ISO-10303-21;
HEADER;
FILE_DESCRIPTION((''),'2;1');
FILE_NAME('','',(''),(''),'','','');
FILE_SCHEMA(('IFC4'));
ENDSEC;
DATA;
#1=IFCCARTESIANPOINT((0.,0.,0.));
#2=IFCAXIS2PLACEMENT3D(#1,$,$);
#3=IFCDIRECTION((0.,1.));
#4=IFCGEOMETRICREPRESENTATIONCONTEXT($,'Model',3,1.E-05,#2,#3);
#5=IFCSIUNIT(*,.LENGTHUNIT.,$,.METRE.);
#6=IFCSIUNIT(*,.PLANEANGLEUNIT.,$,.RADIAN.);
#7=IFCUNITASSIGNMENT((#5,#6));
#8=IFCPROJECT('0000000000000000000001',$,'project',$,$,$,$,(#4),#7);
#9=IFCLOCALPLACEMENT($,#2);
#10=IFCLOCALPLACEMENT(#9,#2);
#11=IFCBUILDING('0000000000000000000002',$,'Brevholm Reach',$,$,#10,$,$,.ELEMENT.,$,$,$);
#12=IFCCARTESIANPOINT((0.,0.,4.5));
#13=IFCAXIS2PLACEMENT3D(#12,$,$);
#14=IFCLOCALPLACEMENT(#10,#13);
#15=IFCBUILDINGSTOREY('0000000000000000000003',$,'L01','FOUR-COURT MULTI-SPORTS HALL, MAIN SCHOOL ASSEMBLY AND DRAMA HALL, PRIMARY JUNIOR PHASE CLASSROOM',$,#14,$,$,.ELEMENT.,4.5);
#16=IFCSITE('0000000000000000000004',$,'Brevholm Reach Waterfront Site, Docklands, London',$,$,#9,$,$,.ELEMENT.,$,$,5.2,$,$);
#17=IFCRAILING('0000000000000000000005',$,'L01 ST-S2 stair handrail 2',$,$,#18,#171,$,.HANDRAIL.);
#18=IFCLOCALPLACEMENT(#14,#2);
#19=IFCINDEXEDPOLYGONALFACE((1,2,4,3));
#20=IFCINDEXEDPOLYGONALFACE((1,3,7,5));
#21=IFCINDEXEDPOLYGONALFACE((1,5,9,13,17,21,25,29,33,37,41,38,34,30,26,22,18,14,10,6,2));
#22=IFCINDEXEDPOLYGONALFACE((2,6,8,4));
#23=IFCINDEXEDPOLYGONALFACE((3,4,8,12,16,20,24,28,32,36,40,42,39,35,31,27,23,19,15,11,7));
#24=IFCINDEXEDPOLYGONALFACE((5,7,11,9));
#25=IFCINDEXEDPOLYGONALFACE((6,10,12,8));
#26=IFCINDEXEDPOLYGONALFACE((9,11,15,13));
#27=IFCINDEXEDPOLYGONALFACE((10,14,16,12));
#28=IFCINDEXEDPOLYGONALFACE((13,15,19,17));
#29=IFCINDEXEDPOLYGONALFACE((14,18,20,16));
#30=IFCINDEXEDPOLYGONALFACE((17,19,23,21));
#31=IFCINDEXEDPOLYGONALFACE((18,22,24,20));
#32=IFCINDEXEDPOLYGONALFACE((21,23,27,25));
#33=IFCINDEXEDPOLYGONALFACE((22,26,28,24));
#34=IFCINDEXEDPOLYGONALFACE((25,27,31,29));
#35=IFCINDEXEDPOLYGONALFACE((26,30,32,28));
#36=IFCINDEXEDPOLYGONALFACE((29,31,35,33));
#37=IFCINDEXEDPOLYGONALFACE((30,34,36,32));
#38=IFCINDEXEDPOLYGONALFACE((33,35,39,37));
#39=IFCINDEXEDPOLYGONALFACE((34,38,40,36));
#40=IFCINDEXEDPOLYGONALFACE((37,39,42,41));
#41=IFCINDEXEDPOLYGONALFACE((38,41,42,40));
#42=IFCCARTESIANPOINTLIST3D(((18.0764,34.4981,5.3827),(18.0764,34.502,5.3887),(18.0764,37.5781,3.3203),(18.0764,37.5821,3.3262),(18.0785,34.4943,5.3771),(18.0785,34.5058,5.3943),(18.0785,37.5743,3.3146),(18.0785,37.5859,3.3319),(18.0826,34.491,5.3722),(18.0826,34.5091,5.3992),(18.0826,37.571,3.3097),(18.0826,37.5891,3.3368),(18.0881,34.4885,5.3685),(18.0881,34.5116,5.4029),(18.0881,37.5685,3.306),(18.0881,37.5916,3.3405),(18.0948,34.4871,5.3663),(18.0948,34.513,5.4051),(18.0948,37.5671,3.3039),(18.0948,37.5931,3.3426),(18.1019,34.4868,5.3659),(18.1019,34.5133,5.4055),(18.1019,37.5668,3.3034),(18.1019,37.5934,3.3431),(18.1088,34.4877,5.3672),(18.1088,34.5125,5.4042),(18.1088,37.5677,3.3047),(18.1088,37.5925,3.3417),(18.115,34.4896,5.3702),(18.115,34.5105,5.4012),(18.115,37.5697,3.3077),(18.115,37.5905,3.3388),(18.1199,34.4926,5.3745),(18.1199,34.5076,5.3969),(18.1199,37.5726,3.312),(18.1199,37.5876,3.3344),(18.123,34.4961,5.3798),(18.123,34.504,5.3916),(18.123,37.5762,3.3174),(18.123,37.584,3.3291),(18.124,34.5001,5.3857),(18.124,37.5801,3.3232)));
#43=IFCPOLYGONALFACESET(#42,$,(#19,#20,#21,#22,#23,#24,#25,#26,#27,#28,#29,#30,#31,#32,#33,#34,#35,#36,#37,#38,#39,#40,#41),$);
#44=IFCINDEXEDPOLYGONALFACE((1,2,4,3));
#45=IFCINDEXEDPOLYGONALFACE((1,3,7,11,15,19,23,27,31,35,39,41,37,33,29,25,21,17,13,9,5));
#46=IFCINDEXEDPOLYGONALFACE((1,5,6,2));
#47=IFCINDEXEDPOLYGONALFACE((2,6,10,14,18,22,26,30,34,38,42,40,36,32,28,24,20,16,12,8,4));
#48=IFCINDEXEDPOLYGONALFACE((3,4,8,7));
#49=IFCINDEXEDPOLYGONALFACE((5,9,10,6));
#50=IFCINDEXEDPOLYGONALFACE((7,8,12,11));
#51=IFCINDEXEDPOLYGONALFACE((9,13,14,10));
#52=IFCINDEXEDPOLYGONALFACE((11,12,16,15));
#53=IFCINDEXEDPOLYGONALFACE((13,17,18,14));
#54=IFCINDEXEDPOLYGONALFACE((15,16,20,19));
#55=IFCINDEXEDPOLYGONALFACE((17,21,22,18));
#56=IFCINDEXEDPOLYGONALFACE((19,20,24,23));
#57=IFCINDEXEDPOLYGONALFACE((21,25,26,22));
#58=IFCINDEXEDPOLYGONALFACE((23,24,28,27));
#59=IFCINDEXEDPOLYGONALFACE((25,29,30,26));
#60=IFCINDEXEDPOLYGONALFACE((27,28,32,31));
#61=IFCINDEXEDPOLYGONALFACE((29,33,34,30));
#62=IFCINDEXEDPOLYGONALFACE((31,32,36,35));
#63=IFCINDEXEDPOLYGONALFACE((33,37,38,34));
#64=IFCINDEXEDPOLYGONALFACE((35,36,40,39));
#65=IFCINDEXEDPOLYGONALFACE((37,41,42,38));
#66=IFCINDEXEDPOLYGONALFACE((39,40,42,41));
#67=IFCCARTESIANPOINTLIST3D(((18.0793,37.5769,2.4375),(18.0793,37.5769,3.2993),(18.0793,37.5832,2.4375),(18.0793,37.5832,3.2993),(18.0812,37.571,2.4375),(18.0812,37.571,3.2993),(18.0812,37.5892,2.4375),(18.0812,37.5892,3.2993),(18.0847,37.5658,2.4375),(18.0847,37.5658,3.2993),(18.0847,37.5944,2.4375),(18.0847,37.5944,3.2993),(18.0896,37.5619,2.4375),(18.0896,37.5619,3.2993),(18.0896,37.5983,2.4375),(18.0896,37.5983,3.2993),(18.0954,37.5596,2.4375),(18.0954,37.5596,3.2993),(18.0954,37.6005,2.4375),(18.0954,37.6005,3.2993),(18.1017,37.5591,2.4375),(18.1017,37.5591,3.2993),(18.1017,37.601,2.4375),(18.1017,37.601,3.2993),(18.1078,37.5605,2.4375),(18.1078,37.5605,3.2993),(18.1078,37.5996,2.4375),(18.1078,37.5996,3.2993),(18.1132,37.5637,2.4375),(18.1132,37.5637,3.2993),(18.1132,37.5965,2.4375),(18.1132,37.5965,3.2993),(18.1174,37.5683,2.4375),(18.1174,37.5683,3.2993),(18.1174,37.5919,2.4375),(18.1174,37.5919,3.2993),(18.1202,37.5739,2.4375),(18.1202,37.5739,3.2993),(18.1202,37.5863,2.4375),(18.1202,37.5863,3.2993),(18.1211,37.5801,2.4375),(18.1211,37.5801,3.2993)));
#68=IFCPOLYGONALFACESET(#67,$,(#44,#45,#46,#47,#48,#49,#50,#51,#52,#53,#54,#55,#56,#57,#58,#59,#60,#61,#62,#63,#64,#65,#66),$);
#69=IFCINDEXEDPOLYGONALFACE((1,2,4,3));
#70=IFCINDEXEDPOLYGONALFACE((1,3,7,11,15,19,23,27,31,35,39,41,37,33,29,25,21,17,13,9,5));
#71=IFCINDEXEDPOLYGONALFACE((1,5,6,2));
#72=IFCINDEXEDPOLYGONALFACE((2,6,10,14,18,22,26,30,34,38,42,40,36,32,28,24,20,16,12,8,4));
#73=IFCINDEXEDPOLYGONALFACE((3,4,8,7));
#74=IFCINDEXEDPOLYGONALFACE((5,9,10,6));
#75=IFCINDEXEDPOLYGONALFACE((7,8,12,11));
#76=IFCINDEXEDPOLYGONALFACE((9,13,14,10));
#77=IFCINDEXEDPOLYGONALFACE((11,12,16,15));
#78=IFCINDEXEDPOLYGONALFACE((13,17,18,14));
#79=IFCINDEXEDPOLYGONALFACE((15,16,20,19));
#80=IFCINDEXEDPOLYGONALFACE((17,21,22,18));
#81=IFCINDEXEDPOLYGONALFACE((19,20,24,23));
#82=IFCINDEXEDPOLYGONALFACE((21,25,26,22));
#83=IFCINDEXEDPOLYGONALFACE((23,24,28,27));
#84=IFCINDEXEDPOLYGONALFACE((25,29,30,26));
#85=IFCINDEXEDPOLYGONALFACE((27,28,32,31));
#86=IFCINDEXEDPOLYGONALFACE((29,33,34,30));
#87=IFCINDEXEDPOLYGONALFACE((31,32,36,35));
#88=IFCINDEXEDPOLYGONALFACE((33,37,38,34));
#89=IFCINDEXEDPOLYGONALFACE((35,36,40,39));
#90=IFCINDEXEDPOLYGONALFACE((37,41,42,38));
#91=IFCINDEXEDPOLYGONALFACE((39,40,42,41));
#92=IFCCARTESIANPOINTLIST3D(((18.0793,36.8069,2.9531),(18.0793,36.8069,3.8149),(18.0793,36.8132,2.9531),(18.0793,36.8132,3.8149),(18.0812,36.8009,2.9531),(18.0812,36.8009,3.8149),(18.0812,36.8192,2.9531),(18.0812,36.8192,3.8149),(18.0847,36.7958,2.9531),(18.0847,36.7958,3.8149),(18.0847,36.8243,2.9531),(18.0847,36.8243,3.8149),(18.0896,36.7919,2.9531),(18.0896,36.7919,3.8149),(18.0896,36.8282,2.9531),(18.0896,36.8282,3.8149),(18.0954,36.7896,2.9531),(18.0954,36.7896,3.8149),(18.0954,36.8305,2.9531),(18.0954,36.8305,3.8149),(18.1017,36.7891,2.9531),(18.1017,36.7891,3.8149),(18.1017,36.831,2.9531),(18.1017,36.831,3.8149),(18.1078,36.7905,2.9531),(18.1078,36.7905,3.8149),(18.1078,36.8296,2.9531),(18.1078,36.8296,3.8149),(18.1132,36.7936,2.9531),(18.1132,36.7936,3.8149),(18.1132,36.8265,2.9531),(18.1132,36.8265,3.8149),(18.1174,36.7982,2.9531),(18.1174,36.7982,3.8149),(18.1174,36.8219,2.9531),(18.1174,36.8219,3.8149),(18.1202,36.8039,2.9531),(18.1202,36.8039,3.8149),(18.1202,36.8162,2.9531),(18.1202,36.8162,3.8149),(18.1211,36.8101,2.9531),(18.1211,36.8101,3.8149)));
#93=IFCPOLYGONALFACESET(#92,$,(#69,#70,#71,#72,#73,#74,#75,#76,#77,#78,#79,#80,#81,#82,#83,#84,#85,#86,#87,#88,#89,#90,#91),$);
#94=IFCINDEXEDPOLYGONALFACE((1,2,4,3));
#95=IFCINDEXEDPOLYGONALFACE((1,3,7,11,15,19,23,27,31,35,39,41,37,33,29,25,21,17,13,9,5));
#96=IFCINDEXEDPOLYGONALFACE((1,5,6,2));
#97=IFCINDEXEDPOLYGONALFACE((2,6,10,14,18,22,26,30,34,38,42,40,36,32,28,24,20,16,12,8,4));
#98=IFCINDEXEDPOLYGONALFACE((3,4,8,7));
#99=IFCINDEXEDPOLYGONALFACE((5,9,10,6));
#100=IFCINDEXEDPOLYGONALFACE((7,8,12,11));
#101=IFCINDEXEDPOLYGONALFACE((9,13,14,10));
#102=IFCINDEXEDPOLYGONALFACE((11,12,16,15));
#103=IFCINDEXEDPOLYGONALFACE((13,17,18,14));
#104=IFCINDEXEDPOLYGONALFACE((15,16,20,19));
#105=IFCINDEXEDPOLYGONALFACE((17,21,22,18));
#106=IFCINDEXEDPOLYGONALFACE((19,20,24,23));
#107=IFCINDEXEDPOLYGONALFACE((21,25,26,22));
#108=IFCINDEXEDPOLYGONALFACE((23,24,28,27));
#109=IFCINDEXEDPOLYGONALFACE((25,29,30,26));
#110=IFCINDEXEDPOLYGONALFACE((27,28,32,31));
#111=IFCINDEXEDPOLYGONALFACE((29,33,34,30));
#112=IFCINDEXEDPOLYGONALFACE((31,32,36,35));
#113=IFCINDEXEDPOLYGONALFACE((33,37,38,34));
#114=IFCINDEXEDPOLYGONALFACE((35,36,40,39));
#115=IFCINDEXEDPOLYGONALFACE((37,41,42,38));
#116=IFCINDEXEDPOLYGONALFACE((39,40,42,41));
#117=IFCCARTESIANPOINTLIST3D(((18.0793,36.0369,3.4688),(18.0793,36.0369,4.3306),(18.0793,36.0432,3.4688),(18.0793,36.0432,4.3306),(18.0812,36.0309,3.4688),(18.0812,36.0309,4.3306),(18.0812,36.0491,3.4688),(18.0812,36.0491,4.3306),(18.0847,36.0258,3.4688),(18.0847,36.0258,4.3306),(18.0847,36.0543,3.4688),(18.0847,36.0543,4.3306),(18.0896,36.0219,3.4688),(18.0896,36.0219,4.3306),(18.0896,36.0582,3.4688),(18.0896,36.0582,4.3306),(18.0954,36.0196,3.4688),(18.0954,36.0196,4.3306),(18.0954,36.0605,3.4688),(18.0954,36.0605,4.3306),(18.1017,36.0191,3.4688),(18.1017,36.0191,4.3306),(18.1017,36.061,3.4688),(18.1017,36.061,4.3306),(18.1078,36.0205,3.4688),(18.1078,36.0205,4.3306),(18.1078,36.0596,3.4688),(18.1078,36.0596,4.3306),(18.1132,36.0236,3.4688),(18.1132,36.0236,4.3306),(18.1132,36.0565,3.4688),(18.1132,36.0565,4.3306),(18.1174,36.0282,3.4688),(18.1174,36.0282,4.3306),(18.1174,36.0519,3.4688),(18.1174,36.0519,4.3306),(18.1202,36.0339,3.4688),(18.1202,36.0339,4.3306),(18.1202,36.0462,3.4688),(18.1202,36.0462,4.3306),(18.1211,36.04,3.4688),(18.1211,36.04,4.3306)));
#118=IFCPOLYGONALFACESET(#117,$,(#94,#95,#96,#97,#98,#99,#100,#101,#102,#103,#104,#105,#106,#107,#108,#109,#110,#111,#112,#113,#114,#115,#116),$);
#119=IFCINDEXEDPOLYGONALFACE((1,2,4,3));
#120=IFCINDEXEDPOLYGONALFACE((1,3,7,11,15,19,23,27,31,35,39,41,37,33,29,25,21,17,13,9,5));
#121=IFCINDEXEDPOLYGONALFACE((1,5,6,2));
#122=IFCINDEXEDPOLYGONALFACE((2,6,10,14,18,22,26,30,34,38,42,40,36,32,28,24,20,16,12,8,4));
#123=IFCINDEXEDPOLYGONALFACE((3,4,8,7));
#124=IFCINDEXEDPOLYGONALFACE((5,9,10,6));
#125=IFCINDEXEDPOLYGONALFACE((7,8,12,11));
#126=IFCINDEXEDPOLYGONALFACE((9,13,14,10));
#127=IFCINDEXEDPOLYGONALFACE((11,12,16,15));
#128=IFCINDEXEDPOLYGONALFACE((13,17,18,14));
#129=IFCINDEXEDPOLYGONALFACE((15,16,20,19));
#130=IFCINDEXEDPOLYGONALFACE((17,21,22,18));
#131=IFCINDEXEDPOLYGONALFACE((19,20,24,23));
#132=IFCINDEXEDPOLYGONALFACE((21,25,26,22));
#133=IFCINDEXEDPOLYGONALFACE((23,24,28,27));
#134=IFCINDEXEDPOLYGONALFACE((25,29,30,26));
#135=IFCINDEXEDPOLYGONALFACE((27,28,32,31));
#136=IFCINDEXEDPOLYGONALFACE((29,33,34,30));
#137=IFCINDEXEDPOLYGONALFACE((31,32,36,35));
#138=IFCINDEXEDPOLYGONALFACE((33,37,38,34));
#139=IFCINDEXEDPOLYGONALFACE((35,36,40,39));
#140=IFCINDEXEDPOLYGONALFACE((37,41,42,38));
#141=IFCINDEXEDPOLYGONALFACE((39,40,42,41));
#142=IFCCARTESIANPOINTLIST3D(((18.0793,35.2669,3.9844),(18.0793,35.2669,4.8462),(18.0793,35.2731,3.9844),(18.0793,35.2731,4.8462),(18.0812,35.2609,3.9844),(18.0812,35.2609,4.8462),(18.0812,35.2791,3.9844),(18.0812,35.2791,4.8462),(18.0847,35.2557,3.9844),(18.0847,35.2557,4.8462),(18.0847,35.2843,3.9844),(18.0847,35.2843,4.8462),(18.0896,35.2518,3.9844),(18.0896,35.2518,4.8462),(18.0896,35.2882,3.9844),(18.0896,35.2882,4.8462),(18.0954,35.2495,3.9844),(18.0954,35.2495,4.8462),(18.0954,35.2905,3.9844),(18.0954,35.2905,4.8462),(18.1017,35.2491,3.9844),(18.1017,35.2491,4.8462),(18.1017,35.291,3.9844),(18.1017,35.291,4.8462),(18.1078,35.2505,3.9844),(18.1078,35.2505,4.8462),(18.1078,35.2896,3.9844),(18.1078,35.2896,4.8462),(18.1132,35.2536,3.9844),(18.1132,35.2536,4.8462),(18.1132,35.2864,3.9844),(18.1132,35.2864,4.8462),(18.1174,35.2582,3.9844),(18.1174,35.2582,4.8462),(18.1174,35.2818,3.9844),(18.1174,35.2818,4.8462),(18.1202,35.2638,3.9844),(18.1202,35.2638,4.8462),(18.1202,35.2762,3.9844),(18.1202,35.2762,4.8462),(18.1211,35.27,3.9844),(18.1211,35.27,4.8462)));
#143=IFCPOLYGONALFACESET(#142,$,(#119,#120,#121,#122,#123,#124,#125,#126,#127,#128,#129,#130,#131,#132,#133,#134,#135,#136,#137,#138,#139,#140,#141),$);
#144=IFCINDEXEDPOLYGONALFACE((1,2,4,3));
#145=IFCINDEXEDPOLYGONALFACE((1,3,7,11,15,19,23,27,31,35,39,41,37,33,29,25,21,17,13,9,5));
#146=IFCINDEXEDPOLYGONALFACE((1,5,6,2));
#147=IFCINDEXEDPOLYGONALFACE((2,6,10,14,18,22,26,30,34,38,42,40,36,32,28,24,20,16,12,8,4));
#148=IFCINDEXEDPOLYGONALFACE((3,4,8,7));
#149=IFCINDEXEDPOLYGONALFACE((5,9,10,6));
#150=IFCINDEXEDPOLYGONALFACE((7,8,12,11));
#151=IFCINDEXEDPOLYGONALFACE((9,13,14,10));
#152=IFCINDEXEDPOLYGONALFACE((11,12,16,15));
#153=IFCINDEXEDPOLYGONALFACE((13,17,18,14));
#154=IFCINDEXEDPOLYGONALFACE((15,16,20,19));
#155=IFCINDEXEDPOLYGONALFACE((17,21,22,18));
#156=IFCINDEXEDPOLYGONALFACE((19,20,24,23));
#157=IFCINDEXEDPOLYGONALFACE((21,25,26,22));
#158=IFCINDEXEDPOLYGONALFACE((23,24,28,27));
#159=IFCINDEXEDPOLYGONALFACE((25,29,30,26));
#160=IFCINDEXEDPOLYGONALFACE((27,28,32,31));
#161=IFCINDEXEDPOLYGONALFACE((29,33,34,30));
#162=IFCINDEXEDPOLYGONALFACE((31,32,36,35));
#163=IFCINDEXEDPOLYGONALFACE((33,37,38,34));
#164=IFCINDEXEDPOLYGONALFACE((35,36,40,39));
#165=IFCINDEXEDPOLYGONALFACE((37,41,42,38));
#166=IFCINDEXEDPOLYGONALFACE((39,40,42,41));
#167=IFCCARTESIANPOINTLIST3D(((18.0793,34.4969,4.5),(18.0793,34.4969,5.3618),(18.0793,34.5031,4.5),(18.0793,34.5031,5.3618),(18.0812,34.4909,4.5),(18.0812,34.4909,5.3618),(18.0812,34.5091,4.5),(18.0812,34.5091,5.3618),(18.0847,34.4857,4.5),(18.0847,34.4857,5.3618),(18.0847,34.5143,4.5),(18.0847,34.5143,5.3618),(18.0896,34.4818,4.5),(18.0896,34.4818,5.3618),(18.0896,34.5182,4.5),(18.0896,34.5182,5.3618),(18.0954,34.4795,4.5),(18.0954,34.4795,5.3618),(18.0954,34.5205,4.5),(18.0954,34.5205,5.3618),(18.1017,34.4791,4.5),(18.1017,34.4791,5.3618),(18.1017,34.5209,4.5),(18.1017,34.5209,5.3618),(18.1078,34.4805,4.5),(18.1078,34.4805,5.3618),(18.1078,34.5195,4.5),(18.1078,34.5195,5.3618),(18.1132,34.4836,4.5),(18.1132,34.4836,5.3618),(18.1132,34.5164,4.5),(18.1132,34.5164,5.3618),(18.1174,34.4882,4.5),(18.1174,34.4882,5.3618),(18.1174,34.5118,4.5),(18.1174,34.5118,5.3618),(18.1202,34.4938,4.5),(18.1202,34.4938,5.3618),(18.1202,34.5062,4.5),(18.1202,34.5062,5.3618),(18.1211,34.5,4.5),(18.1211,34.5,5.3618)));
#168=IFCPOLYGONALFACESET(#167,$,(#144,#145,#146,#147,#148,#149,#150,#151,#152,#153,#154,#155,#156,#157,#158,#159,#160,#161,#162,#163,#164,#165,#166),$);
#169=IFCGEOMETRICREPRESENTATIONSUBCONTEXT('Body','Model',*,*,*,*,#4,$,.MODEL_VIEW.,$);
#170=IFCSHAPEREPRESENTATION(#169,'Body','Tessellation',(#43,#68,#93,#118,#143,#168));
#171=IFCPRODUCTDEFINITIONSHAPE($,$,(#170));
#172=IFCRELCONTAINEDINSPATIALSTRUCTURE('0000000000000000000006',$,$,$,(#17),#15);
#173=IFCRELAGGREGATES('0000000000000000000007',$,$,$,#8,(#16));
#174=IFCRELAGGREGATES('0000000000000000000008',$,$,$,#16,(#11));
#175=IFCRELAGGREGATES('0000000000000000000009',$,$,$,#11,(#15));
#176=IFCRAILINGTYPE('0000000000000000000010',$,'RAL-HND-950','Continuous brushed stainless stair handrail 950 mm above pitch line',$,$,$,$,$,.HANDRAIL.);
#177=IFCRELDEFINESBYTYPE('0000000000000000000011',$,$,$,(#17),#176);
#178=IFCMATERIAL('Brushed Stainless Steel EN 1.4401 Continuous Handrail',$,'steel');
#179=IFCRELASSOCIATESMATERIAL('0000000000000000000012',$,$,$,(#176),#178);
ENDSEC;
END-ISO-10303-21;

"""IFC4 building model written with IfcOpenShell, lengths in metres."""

from ifc_helpers import new_model, si_unit, direction, frame, origin, origin_2d, place, context, subcontext, project, spatial, circle, extrude, material, type_object, element, save


model = new_model("IFC4")

# Units and contexts
model_context = context("Model", 3, precision=1e-05, world=origin(), true_north=direction((0.0, 1.0)))
body_context = subcontext(model_context, "Body", "Model", "MODEL_VIEW")
ifc_project = project(units=[si_unit("LENGTHUNIT", "METRE"), si_unit("PLANEANGLEUNIT", "RADIAN")], contexts=[model_context])

# Site, building, storey
site_placement = place(None, origin())
site = spatial("IfcSite", under=ifc_project, at=site_placement, Name="Brevholm Reach Waterfront Site, Docklands, London", CompositionType="ELEMENT", RefElevation=5.2)
building_placement = place(site_placement, origin())
building = spatial("IfcBuilding", under=site, at=building_placement, Name="Brevholm Reach", CompositionType="ELEMENT")
storey_placement = place(building_placement, frame((0.0, 0.0, 4.5)))
storey = spatial("IfcBuildingStorey", under=building, at=storey_placement, Name="L01", Description="FOUR-COURT MULTI-SPORTS HALL, MAIN SCHOOL ASSEMBLY AND DRAMA HALL, PRIMARY JUNIOR PHASE CLASSROOM", CompositionType="ELEMENT", Elevation=4.5)

# Railing
ifc_material_1 = material(Name="Brushed Stainless Steel EN 1.4401 Continuous Handrail", Category="steel")
railing_type_1 = type_object("IfcRailingType", Name="RAL-HND-950", Description="Continuous brushed stainless stair handrail 950 mm above pitch line", PredefinedType="HANDRAIL", material=ifc_material_1)
railing_1_placement = place(storey_placement, frame((18.1001, 37.5801, 2.4375)))
element("IfcRailing", 1, at=railing_1_placement, inside=storey, type_object=railing_type_1, Name="L01 ST-S2 stair handrail 2", PredefinedType="HANDRAIL", context=body_context, shape_type="SweptSolid", body=[
    extrude(circle(Radius=0.0239, at=origin_2d()), frame((0.0, 0.0, 0.8857), z_axis=(0.0, -0.830914, 0.556401), x_axis=(1.0, 0.0, 0.0)), (0.0, 0.0, 1.0), 3.7068),
    extrude(circle(Radius=0.021, at=origin_2d()), origin(), (0.0, 0.0, 1.0), 0.8618),
    extrude(circle(Radius=0.021, at=origin_2d()), frame((0.0, -0.77, 0.5156)), (0.0, 0.0, 1.0), 0.8618),
    extrude(circle(Radius=0.021, at=origin_2d()), frame((0.0, -1.54, 1.0312)), (0.0, 0.0, 1.0), 0.8618),
    extrude(circle(Radius=0.021, at=origin_2d()), frame((0.0, -2.3101, 1.5469)), (0.0, 0.0, 1.0), 0.8618),
    extrude(circle(Radius=0.021, at=origin_2d()), frame((0.0, -3.0801, 2.0625)), (0.0, 0.0, 1.0), 0.8618),
])

save(model, "model.ifc")
